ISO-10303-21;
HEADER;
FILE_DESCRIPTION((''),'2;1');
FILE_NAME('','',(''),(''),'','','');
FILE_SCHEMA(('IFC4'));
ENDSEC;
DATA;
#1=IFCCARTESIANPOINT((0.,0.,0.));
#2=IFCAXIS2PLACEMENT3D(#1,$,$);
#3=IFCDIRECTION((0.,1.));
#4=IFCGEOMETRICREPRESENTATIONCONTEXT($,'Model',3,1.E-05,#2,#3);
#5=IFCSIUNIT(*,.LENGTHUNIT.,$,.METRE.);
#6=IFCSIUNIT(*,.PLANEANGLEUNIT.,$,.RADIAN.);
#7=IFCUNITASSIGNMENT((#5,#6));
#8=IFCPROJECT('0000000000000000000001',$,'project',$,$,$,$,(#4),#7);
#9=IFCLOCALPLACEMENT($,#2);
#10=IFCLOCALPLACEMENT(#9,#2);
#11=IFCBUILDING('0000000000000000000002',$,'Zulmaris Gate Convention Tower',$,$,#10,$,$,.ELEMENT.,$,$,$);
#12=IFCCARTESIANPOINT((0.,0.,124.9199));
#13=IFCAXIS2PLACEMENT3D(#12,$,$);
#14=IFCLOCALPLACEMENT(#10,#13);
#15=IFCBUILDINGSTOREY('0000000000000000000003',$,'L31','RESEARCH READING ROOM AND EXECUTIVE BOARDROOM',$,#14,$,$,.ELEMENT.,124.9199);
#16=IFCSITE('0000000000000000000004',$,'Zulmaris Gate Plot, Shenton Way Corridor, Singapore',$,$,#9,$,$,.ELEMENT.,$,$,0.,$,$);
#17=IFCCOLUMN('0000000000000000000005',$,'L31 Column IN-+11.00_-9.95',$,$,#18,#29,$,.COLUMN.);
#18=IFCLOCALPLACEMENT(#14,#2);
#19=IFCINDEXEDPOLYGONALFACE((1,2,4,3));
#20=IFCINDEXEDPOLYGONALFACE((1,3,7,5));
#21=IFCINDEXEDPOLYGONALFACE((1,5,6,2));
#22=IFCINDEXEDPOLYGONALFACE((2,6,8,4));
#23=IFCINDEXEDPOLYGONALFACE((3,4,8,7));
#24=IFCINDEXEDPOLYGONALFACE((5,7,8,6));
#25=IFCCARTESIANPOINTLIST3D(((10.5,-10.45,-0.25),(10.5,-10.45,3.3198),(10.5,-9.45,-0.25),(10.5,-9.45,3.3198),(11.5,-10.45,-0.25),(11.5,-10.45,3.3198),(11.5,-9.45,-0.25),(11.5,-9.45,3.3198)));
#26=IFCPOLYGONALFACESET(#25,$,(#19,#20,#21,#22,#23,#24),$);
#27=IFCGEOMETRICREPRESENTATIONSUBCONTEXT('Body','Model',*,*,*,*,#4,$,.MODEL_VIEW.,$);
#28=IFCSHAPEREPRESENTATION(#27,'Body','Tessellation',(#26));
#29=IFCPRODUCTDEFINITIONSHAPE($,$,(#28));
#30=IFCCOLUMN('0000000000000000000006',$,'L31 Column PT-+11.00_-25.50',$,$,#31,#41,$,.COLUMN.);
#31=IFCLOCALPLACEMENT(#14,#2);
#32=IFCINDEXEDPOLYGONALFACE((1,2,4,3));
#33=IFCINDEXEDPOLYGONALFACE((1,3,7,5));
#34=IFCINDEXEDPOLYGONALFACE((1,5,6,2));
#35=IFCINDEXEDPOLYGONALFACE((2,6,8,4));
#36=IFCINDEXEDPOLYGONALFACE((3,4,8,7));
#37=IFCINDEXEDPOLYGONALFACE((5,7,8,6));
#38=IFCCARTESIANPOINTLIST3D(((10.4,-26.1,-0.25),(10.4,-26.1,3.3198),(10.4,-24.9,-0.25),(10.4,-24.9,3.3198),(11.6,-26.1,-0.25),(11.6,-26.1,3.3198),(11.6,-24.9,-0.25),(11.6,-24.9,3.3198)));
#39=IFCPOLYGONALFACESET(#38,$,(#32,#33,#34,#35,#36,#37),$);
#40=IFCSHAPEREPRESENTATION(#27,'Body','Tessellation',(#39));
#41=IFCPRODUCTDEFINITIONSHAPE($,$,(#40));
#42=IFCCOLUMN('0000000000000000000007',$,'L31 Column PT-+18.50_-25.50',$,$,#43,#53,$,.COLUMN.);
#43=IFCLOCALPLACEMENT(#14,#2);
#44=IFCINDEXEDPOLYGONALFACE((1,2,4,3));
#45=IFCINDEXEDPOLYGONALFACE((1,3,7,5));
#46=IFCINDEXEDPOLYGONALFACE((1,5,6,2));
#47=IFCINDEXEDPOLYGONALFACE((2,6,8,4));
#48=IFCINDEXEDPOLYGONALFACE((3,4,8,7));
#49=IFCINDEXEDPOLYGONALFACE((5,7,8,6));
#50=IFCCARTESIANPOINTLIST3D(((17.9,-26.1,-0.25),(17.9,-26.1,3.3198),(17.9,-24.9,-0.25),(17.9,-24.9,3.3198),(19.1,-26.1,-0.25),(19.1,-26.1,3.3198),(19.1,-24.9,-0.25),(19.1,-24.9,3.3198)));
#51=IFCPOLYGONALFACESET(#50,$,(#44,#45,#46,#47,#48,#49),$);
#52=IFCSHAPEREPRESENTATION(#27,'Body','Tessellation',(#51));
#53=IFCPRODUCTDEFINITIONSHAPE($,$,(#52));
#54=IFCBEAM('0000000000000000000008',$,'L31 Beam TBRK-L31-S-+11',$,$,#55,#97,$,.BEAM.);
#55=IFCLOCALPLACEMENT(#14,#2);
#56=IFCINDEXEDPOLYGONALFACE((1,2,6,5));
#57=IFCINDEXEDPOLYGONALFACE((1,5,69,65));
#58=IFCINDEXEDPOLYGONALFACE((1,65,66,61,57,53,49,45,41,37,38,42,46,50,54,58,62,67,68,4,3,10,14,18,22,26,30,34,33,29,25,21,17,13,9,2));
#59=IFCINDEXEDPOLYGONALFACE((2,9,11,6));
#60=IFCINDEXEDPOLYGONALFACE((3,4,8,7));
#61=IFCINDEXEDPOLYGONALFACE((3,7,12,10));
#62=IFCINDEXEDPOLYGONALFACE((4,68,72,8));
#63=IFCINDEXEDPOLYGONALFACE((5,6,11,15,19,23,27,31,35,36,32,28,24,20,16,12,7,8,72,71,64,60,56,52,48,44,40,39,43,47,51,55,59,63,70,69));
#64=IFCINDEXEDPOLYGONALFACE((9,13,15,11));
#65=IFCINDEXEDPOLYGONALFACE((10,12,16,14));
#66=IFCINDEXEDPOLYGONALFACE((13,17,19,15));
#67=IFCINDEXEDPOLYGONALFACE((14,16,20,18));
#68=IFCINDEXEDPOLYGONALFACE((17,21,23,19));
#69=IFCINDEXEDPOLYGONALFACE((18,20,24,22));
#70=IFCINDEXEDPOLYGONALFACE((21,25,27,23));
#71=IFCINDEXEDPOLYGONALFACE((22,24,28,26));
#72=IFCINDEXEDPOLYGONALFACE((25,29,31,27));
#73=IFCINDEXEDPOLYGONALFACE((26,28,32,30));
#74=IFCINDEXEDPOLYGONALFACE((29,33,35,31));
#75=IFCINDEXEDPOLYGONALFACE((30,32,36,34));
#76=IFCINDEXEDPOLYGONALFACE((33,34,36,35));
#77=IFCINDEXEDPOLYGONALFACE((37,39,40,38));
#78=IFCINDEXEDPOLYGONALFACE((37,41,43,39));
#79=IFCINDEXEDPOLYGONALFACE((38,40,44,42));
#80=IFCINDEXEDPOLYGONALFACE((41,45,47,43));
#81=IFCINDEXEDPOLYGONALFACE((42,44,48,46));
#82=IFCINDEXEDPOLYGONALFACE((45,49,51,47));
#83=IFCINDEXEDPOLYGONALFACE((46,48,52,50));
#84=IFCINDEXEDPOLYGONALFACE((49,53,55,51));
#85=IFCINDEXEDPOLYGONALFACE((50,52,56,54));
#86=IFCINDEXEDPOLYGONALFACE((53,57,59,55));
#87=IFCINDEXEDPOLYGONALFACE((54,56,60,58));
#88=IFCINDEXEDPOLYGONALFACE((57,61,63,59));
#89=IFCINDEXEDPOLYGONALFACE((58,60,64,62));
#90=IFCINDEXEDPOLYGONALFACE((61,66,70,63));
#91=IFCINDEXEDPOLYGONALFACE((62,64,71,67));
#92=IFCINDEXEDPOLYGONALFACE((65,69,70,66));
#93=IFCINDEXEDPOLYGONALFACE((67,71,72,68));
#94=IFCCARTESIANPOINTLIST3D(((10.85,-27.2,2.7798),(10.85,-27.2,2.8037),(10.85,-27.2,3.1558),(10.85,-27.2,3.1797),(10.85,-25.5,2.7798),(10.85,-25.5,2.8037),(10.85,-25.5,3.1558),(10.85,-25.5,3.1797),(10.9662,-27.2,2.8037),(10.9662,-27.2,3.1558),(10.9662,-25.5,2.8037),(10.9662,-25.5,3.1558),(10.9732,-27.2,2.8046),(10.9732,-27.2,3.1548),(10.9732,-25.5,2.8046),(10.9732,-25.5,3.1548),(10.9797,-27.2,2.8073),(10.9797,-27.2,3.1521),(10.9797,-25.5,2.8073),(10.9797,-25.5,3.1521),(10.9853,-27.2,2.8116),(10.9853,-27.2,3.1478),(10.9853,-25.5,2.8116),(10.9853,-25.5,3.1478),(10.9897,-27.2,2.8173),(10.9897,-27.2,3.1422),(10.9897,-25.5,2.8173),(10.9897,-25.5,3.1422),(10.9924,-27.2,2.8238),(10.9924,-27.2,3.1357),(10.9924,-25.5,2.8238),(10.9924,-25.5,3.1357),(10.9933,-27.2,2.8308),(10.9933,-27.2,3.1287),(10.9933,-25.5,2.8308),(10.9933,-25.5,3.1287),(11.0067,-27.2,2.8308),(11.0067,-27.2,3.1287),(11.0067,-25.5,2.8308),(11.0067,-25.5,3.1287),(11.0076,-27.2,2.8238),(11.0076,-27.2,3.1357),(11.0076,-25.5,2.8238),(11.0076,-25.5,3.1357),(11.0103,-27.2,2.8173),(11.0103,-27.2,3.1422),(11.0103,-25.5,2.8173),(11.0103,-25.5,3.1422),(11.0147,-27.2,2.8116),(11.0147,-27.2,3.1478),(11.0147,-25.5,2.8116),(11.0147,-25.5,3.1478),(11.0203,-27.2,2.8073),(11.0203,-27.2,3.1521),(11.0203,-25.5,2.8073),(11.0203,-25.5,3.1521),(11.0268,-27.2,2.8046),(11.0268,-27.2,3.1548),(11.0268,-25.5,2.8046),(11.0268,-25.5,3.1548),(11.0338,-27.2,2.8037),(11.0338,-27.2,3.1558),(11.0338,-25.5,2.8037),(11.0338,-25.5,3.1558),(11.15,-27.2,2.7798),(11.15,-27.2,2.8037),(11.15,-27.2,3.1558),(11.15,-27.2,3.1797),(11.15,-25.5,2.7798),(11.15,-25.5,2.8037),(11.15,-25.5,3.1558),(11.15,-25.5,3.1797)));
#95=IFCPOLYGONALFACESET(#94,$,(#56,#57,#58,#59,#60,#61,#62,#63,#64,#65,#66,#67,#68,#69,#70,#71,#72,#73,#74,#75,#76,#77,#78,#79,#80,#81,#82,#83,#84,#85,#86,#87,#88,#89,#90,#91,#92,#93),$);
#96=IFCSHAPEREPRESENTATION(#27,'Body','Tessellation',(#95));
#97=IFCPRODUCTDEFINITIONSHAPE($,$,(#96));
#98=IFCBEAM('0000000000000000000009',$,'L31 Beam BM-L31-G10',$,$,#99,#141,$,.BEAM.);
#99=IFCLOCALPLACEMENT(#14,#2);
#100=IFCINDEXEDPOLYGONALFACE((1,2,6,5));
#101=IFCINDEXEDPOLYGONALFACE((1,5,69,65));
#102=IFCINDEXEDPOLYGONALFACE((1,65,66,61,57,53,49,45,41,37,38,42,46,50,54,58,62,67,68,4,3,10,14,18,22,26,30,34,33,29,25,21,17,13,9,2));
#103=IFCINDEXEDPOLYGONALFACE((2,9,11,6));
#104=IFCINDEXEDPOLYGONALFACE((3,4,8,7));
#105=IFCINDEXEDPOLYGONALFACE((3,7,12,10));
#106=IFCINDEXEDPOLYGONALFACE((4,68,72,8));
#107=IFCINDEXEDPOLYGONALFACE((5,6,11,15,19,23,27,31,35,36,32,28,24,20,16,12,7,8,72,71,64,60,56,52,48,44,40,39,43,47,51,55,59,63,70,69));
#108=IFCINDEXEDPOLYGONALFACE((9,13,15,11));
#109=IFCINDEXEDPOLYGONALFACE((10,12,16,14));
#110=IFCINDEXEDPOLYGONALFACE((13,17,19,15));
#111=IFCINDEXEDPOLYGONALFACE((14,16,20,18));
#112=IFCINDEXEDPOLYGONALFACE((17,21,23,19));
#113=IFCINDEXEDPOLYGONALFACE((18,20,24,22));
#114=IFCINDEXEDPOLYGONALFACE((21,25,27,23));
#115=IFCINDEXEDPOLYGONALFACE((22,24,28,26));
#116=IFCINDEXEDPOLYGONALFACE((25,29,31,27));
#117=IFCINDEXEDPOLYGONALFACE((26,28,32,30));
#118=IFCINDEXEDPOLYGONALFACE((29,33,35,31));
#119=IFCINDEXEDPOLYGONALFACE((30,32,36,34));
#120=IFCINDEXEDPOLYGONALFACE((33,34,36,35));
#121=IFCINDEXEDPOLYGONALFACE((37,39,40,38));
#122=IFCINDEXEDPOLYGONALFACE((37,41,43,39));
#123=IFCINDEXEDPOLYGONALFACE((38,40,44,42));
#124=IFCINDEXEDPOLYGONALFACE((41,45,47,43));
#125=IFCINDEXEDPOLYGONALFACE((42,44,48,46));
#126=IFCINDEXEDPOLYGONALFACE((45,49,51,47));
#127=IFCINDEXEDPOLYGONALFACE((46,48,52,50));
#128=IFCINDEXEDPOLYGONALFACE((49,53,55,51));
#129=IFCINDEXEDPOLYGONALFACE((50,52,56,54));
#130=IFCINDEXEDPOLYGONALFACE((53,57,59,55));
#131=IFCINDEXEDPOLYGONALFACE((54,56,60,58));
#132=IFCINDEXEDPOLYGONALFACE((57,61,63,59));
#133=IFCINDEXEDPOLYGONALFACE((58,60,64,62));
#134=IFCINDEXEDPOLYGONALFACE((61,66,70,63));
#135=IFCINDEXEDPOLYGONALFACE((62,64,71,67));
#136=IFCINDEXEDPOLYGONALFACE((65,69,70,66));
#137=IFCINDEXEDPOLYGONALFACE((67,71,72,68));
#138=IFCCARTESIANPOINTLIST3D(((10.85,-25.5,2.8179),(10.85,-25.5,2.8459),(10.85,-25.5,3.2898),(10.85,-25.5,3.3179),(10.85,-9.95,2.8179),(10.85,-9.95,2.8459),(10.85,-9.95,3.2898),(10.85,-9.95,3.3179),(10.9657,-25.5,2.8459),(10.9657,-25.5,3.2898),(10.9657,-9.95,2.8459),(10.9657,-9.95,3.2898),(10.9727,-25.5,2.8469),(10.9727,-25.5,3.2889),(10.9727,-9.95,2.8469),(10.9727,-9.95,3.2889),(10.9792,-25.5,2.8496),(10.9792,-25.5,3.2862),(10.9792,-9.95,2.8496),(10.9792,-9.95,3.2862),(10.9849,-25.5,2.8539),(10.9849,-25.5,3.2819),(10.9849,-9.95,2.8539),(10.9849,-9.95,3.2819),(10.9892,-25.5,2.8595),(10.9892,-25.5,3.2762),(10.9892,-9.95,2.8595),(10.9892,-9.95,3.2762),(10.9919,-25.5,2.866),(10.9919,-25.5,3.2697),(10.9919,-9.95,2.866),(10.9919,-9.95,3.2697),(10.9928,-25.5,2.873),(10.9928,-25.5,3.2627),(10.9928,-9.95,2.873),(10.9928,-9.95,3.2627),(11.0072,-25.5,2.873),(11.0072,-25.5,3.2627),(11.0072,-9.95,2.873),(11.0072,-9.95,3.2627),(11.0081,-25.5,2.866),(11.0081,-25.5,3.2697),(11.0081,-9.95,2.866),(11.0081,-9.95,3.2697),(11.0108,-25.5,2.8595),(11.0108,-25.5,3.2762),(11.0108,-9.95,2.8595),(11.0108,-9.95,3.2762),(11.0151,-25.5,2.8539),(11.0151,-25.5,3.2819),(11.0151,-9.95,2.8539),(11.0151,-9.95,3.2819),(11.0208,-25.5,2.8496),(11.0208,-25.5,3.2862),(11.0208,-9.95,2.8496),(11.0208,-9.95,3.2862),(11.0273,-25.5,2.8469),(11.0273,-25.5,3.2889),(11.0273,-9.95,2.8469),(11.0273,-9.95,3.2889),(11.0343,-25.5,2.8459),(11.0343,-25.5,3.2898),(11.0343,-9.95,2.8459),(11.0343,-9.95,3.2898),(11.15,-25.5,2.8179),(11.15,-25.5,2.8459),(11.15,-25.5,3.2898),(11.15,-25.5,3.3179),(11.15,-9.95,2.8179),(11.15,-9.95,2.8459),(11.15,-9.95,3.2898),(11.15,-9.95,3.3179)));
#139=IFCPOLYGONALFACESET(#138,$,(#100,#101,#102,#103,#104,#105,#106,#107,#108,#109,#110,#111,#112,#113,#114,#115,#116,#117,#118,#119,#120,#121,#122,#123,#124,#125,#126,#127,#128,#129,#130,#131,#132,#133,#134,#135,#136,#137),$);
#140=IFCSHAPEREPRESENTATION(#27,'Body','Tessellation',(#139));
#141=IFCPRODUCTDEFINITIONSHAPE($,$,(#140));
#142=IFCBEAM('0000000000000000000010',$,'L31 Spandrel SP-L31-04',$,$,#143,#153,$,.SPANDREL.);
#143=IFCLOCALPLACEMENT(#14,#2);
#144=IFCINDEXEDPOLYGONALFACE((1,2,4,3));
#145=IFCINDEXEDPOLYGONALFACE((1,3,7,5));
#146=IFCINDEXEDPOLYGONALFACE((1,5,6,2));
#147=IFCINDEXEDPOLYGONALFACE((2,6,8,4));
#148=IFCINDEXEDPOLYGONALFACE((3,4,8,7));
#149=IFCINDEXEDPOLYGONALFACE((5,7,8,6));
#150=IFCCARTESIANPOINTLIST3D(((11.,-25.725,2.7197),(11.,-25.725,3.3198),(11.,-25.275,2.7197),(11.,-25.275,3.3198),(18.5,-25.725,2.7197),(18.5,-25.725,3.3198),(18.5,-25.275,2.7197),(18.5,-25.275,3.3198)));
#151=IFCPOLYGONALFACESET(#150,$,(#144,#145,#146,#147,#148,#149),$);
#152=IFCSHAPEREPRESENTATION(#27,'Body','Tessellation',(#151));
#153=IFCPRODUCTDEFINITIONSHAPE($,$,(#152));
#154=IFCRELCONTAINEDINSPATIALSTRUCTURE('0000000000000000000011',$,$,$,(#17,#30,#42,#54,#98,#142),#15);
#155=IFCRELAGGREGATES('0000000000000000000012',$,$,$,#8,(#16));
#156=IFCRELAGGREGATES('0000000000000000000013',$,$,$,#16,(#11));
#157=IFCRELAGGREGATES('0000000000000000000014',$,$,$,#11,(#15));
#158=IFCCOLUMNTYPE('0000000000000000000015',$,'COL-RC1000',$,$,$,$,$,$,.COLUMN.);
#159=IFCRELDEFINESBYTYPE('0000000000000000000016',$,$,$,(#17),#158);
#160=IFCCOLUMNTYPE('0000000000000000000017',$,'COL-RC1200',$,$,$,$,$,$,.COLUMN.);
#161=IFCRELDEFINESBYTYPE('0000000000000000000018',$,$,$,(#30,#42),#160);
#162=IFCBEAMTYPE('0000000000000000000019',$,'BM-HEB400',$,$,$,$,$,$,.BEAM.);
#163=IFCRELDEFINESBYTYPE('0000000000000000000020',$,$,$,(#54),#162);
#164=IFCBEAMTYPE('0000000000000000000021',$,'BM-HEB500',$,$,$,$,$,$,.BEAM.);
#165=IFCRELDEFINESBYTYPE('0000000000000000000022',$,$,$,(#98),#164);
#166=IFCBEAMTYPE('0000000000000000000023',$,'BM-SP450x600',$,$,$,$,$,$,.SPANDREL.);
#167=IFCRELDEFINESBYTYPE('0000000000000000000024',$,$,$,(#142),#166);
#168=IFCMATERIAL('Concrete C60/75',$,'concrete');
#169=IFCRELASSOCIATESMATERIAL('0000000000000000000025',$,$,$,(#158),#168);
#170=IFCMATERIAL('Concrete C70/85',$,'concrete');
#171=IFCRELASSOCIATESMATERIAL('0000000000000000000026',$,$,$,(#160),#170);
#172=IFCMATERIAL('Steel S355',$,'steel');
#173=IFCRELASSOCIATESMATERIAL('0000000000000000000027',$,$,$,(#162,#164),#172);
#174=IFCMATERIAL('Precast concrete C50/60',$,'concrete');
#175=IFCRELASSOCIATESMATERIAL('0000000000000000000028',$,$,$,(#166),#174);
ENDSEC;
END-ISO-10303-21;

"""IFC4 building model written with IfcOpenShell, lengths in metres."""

from ifc_helpers import new_model, si_unit, direction, frame, origin, origin_2d, place, context, subcontext, project, spatial, rectangle, i_section, extrude, material, material_profile, profile_set, type_object, element, save


model = new_model("IFC4")

# Units and contexts
model_context = context("Model", 3, precision=1e-05, world=origin(), true_north=direction((0.0, 1.0)))
body_context = subcontext(model_context, "Body", "Model", "MODEL_VIEW")
ifc_project = project(units=[si_unit("LENGTHUNIT", "METRE"), si_unit("PLANEANGLEUNIT", "RADIAN")], contexts=[model_context])

# Site, building, storey
site_placement = place(None, origin())
site = spatial("IfcSite", under=ifc_project, at=site_placement, Name="Zulmaris Gate Plot, Shenton Way Corridor, Singapore", CompositionType="ELEMENT", RefElevation=0.0)
building_placement = place(site_placement, origin())
building = spatial("IfcBuilding", under=site, at=building_placement, Name="Zulmaris Gate Convention Tower", CompositionType="ELEMENT")
storey_placement = place(building_placement, frame((0.0, 0.0, 124.9199)))
storey = spatial("IfcBuildingStorey", under=building, at=storey_placement, Name="L31", Description="RESEARCH READING ROOM AND EXECUTIVE BOARDROOM", CompositionType="ELEMENT", Elevation=124.9199)

# Columns
ifc_material_1 = material(Name="Concrete C60/75", Category="concrete")
ifc_material_profile_1 = material_profile(ifc_material_1, rectangle(XDim=1.0, YDim=1.0, at=origin_2d()), Name="RC COL 1000x1000")
ifc_profile_set_1 = profile_set([ifc_material_profile_1], Name="Concrete C60/75")
column_type_1 = type_object("IfcColumnType", Name="COL-RC1000", PredefinedType="COLUMN", material=ifc_profile_set_1)
column_placement = place(storey_placement, frame((11.0, -9.95, -0.25), z_axis=(0.0, 0.0, 1.0), x_axis=(1.0, 0.0, 0.0)))
element("IfcColumn", 1, at=column_placement, inside=storey, type_object=column_type_1, Name="L31 Column IN-+11.00_-9.95", PredefinedType="COLUMN", context=body_context, shape_type="SweptSolid", body=[
    extrude(rectangle(XDim=1.0, YDim=1.0, at=origin_2d()), origin(), (0.0, 0.0, 1.0), 3.5698),
])
ifc_material_2 = material(Name="Concrete C70/85", Category="concrete")
ifc_material_profile_2 = material_profile(ifc_material_2, rectangle(XDim=1.2, YDim=1.2, at=origin_2d()), Name="RC COL 1200x1200")
ifc_profile_set_2 = profile_set([ifc_material_profile_2], Name="Concrete C70/85")
column_type_2 = type_object("IfcColumnType", Name="COL-RC1200", PredefinedType="COLUMN", material=ifc_profile_set_2)
for number, where, z_axis, x_axis, name in (
    (2, (11.0, -25.5, -0.25), (0.0, 0.0, 1.0), (1.0, 0.0, 0.0), "L31 Column PT-+11.00_-25.50"),
    (3, (18.5, -25.5, -0.25), (0.0, 0.0, 1.0), (1.0, 0.0, 0.0), "L31 Column PT-+18.50_-25.50"),
):
    element("IfcColumn", number, at=place(storey_placement, frame(where, z_axis=z_axis, x_axis=x_axis)), inside=storey, type_object=column_type_2, Name=name, PredefinedType="COLUMN", context=body_context, shape_type="SweptSolid", body=[
        extrude(rectangle(XDim=1.2, YDim=1.2, at=origin_2d()), origin(), (0.0, 0.0, 1.0), 3.5698),
    ])

# Beams
ifc_material_3 = material(Name="Steel S355", Category="steel")
ifc_material_profile_3 = material_profile(ifc_material_3, i_section(OverallWidth=0.3, OverallDepth=0.3999, WebThickness=0.0134, FlangeThickness=0.0239, FilletRadius=0.0271, at=origin_2d()), Name="HEB 400")
ifc_profile_set_3 = profile_set([ifc_material_profile_3], Name="Steel S355")
beam_type_1 = type_object("IfcBeamType", Name="BM-HEB400", PredefinedType="BEAM", material=ifc_profile_set_3)
beam_1_placement = place(storey_placement, frame((11.0, -27.2, 2.9797), z_axis=(0.0, 1.0, 0.0), x_axis=(-1.0, 0.0, 0.0)))
element("IfcBeam", 4, at=beam_1_placement, inside=storey, type_object=beam_type_1, Name="L31 Beam TBRK-L31-S-+11", PredefinedType="BEAM", context=body_context, shape_type="SweptSolid", body=[
    extrude(i_section(OverallWidth=0.3, OverallDepth=0.3999, WebThickness=0.0134, FlangeThickness=0.0239, FilletRadius=0.0271, at=origin_2d()), origin(), (0.0, 0.0, 1.0), 1.7),
])
ifc_material_profile_4 = material_profile(ifc_material_3, i_section(OverallWidth=0.3, OverallDepth=0.5, WebThickness=0.0144, FlangeThickness=0.0281, FilletRadius=0.0271, at=origin_2d()), Name="HEB 500")
ifc_profile_set_4 = profile_set([ifc_material_profile_4], Name="Steel S355")
beam_type_2 = type_object("IfcBeamType", Name="BM-HEB500", PredefinedType="BEAM", material=ifc_profile_set_4)
beam_2_placement = place(storey_placement, frame((11.0, -25.5, 3.0679), z_axis=(0.0, 1.0, 0.0), x_axis=(-1.0, 0.0, 0.0)))
element("IfcBeam", 5, at=beam_2_placement, inside=storey, type_object=beam_type_2, Name="L31 Beam BM-L31-G10", PredefinedType="BEAM", context=body_context, shape_type="SweptSolid", body=[
    extrude(i_section(OverallWidth=0.3, OverallDepth=0.5, WebThickness=0.0144, FlangeThickness=0.0281, FilletRadius=0.0271, at=origin_2d()), origin(), (0.0, 0.0, 1.0), 15.55),
])
ifc_material_4 = material(Name="Precast concrete C50/60", Category="concrete")
ifc_material_profile_5 = material_profile(ifc_material_4, rectangle(XDim=0.45, YDim=0.6001, at=origin_2d()), Name="RC SPANDREL 450x600")
ifc_profile_set_5 = profile_set([ifc_material_profile_5], Name="Precast concrete C50/60")
beam_type_3 = type_object("IfcBeamType", Name="BM-SP450x600", PredefinedType="SPANDREL", material=ifc_profile_set_5)
beam_3_placement = place(storey_placement, frame((11.0, -25.5, 3.0198), z_axis=(1.0, 0.0, 0.0), x_axis=(0.0, 1.0, 0.0)))
element("IfcBeam", 6, at=beam_3_placement, inside=storey, type_object=beam_type_3, Name="L31 Spandrel SP-L31-04", PredefinedType="SPANDREL", context=body_context, shape_type="SweptSolid", body=[
    extrude(rectangle(XDim=0.45, YDim=0.6001, at=origin_2d()), origin(), (0.0, 0.0, 1.0), 7.5),
])

save(model, "model.ifc")
